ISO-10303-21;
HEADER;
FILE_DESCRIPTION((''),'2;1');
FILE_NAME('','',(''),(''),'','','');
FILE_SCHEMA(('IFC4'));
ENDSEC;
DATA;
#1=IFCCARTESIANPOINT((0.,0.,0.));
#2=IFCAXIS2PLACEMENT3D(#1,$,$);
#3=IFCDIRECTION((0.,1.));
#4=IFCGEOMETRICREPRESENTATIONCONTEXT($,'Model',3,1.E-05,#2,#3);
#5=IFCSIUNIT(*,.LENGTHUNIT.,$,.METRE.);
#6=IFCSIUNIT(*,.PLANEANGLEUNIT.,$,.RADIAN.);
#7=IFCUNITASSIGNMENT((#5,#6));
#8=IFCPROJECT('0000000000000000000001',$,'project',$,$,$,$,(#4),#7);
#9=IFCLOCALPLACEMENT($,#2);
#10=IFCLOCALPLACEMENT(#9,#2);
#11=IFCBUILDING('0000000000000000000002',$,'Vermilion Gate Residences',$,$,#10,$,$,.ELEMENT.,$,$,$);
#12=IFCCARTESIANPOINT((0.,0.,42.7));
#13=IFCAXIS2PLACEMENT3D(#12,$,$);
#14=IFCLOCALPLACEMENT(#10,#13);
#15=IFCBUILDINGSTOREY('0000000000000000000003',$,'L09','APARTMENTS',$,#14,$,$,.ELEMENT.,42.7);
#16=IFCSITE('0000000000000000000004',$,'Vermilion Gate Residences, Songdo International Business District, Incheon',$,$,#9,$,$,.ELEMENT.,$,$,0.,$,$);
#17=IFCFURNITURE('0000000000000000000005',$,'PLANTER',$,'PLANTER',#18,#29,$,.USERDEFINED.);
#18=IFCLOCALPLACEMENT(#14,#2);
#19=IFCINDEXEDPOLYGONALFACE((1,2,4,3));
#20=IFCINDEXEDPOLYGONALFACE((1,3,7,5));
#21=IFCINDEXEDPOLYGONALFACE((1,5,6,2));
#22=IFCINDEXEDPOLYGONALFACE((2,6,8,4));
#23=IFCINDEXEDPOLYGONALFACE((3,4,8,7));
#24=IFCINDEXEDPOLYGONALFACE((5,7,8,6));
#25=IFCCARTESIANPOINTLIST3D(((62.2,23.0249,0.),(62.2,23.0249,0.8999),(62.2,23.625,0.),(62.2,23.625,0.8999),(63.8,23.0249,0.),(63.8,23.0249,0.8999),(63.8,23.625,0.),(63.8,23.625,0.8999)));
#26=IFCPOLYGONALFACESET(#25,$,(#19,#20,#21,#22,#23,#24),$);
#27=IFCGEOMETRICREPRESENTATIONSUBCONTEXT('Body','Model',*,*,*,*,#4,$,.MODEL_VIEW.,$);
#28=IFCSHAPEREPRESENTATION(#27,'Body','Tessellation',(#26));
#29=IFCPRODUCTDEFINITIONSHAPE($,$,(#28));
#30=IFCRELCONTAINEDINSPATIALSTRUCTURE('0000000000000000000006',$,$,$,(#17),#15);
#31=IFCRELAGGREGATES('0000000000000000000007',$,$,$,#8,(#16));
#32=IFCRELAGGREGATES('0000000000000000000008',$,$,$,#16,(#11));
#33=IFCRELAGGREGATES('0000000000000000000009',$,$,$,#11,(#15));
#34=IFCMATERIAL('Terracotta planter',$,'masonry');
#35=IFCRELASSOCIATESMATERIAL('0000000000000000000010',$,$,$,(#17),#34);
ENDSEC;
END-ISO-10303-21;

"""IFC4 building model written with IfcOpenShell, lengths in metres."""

from ifc_helpers import new_model, si_unit, direction, frame, origin, origin_2d, place, context, subcontext, project, spatial, rectangle, extrude, material, element, save


model = new_model("IFC4")

# Units and contexts
model_context = context("Model", 3, precision=1e-05, world=origin(), true_north=direction((0.0, 1.0)))
body_context = subcontext(model_context, "Body", "Model", "MODEL_VIEW")
ifc_project = project(units=[si_unit("LENGTHUNIT", "METRE"), si_unit("PLANEANGLEUNIT", "RADIAN")], contexts=[model_context])

# Site, building, storey
site_placement = place(None, origin())
site = spatial("IfcSite", under=ifc_project, at=site_placement, Name="Vermilion Gate Residences, Songdo International Business District, Incheon", CompositionType="ELEMENT", RefElevation=0.0)
building_placement = place(site_placement, origin())
building = spatial("IfcBuilding", under=site, at=building_placement, Name="Vermilion Gate Residences", CompositionType="ELEMENT")
storey_placement = place(building_placement, frame((0.0, 0.0, 42.7)))
storey = spatial("IfcBuildingStorey", under=building, at=storey_placement, Name="L09", Description="APARTMENTS", CompositionType="ELEMENT", Elevation=42.7)

# Furniture
ifc_material_1 = material(Name="Terracotta planter", Category="masonry")
furniture_placement = place(storey_placement, frame((63.0, 23.325, 0.0), z_axis=(0.0, 0.0, 1.0), x_axis=(-1.0, 0.0, 0.0)))
element("IfcFurniture", 1, at=furniture_placement, inside=storey, material=ifc_material_1, Name="PLANTER", ObjectType="PLANTER", PredefinedType="USERDEFINED", context=body_context, shape_type="SweptSolid", body=[
    extrude(rectangle(XDim=1.6001, YDim=0.6001, at=origin_2d()), origin(), (0.0, 0.0, 1.0), 0.8999),
])

save(model, "model.ifc")
